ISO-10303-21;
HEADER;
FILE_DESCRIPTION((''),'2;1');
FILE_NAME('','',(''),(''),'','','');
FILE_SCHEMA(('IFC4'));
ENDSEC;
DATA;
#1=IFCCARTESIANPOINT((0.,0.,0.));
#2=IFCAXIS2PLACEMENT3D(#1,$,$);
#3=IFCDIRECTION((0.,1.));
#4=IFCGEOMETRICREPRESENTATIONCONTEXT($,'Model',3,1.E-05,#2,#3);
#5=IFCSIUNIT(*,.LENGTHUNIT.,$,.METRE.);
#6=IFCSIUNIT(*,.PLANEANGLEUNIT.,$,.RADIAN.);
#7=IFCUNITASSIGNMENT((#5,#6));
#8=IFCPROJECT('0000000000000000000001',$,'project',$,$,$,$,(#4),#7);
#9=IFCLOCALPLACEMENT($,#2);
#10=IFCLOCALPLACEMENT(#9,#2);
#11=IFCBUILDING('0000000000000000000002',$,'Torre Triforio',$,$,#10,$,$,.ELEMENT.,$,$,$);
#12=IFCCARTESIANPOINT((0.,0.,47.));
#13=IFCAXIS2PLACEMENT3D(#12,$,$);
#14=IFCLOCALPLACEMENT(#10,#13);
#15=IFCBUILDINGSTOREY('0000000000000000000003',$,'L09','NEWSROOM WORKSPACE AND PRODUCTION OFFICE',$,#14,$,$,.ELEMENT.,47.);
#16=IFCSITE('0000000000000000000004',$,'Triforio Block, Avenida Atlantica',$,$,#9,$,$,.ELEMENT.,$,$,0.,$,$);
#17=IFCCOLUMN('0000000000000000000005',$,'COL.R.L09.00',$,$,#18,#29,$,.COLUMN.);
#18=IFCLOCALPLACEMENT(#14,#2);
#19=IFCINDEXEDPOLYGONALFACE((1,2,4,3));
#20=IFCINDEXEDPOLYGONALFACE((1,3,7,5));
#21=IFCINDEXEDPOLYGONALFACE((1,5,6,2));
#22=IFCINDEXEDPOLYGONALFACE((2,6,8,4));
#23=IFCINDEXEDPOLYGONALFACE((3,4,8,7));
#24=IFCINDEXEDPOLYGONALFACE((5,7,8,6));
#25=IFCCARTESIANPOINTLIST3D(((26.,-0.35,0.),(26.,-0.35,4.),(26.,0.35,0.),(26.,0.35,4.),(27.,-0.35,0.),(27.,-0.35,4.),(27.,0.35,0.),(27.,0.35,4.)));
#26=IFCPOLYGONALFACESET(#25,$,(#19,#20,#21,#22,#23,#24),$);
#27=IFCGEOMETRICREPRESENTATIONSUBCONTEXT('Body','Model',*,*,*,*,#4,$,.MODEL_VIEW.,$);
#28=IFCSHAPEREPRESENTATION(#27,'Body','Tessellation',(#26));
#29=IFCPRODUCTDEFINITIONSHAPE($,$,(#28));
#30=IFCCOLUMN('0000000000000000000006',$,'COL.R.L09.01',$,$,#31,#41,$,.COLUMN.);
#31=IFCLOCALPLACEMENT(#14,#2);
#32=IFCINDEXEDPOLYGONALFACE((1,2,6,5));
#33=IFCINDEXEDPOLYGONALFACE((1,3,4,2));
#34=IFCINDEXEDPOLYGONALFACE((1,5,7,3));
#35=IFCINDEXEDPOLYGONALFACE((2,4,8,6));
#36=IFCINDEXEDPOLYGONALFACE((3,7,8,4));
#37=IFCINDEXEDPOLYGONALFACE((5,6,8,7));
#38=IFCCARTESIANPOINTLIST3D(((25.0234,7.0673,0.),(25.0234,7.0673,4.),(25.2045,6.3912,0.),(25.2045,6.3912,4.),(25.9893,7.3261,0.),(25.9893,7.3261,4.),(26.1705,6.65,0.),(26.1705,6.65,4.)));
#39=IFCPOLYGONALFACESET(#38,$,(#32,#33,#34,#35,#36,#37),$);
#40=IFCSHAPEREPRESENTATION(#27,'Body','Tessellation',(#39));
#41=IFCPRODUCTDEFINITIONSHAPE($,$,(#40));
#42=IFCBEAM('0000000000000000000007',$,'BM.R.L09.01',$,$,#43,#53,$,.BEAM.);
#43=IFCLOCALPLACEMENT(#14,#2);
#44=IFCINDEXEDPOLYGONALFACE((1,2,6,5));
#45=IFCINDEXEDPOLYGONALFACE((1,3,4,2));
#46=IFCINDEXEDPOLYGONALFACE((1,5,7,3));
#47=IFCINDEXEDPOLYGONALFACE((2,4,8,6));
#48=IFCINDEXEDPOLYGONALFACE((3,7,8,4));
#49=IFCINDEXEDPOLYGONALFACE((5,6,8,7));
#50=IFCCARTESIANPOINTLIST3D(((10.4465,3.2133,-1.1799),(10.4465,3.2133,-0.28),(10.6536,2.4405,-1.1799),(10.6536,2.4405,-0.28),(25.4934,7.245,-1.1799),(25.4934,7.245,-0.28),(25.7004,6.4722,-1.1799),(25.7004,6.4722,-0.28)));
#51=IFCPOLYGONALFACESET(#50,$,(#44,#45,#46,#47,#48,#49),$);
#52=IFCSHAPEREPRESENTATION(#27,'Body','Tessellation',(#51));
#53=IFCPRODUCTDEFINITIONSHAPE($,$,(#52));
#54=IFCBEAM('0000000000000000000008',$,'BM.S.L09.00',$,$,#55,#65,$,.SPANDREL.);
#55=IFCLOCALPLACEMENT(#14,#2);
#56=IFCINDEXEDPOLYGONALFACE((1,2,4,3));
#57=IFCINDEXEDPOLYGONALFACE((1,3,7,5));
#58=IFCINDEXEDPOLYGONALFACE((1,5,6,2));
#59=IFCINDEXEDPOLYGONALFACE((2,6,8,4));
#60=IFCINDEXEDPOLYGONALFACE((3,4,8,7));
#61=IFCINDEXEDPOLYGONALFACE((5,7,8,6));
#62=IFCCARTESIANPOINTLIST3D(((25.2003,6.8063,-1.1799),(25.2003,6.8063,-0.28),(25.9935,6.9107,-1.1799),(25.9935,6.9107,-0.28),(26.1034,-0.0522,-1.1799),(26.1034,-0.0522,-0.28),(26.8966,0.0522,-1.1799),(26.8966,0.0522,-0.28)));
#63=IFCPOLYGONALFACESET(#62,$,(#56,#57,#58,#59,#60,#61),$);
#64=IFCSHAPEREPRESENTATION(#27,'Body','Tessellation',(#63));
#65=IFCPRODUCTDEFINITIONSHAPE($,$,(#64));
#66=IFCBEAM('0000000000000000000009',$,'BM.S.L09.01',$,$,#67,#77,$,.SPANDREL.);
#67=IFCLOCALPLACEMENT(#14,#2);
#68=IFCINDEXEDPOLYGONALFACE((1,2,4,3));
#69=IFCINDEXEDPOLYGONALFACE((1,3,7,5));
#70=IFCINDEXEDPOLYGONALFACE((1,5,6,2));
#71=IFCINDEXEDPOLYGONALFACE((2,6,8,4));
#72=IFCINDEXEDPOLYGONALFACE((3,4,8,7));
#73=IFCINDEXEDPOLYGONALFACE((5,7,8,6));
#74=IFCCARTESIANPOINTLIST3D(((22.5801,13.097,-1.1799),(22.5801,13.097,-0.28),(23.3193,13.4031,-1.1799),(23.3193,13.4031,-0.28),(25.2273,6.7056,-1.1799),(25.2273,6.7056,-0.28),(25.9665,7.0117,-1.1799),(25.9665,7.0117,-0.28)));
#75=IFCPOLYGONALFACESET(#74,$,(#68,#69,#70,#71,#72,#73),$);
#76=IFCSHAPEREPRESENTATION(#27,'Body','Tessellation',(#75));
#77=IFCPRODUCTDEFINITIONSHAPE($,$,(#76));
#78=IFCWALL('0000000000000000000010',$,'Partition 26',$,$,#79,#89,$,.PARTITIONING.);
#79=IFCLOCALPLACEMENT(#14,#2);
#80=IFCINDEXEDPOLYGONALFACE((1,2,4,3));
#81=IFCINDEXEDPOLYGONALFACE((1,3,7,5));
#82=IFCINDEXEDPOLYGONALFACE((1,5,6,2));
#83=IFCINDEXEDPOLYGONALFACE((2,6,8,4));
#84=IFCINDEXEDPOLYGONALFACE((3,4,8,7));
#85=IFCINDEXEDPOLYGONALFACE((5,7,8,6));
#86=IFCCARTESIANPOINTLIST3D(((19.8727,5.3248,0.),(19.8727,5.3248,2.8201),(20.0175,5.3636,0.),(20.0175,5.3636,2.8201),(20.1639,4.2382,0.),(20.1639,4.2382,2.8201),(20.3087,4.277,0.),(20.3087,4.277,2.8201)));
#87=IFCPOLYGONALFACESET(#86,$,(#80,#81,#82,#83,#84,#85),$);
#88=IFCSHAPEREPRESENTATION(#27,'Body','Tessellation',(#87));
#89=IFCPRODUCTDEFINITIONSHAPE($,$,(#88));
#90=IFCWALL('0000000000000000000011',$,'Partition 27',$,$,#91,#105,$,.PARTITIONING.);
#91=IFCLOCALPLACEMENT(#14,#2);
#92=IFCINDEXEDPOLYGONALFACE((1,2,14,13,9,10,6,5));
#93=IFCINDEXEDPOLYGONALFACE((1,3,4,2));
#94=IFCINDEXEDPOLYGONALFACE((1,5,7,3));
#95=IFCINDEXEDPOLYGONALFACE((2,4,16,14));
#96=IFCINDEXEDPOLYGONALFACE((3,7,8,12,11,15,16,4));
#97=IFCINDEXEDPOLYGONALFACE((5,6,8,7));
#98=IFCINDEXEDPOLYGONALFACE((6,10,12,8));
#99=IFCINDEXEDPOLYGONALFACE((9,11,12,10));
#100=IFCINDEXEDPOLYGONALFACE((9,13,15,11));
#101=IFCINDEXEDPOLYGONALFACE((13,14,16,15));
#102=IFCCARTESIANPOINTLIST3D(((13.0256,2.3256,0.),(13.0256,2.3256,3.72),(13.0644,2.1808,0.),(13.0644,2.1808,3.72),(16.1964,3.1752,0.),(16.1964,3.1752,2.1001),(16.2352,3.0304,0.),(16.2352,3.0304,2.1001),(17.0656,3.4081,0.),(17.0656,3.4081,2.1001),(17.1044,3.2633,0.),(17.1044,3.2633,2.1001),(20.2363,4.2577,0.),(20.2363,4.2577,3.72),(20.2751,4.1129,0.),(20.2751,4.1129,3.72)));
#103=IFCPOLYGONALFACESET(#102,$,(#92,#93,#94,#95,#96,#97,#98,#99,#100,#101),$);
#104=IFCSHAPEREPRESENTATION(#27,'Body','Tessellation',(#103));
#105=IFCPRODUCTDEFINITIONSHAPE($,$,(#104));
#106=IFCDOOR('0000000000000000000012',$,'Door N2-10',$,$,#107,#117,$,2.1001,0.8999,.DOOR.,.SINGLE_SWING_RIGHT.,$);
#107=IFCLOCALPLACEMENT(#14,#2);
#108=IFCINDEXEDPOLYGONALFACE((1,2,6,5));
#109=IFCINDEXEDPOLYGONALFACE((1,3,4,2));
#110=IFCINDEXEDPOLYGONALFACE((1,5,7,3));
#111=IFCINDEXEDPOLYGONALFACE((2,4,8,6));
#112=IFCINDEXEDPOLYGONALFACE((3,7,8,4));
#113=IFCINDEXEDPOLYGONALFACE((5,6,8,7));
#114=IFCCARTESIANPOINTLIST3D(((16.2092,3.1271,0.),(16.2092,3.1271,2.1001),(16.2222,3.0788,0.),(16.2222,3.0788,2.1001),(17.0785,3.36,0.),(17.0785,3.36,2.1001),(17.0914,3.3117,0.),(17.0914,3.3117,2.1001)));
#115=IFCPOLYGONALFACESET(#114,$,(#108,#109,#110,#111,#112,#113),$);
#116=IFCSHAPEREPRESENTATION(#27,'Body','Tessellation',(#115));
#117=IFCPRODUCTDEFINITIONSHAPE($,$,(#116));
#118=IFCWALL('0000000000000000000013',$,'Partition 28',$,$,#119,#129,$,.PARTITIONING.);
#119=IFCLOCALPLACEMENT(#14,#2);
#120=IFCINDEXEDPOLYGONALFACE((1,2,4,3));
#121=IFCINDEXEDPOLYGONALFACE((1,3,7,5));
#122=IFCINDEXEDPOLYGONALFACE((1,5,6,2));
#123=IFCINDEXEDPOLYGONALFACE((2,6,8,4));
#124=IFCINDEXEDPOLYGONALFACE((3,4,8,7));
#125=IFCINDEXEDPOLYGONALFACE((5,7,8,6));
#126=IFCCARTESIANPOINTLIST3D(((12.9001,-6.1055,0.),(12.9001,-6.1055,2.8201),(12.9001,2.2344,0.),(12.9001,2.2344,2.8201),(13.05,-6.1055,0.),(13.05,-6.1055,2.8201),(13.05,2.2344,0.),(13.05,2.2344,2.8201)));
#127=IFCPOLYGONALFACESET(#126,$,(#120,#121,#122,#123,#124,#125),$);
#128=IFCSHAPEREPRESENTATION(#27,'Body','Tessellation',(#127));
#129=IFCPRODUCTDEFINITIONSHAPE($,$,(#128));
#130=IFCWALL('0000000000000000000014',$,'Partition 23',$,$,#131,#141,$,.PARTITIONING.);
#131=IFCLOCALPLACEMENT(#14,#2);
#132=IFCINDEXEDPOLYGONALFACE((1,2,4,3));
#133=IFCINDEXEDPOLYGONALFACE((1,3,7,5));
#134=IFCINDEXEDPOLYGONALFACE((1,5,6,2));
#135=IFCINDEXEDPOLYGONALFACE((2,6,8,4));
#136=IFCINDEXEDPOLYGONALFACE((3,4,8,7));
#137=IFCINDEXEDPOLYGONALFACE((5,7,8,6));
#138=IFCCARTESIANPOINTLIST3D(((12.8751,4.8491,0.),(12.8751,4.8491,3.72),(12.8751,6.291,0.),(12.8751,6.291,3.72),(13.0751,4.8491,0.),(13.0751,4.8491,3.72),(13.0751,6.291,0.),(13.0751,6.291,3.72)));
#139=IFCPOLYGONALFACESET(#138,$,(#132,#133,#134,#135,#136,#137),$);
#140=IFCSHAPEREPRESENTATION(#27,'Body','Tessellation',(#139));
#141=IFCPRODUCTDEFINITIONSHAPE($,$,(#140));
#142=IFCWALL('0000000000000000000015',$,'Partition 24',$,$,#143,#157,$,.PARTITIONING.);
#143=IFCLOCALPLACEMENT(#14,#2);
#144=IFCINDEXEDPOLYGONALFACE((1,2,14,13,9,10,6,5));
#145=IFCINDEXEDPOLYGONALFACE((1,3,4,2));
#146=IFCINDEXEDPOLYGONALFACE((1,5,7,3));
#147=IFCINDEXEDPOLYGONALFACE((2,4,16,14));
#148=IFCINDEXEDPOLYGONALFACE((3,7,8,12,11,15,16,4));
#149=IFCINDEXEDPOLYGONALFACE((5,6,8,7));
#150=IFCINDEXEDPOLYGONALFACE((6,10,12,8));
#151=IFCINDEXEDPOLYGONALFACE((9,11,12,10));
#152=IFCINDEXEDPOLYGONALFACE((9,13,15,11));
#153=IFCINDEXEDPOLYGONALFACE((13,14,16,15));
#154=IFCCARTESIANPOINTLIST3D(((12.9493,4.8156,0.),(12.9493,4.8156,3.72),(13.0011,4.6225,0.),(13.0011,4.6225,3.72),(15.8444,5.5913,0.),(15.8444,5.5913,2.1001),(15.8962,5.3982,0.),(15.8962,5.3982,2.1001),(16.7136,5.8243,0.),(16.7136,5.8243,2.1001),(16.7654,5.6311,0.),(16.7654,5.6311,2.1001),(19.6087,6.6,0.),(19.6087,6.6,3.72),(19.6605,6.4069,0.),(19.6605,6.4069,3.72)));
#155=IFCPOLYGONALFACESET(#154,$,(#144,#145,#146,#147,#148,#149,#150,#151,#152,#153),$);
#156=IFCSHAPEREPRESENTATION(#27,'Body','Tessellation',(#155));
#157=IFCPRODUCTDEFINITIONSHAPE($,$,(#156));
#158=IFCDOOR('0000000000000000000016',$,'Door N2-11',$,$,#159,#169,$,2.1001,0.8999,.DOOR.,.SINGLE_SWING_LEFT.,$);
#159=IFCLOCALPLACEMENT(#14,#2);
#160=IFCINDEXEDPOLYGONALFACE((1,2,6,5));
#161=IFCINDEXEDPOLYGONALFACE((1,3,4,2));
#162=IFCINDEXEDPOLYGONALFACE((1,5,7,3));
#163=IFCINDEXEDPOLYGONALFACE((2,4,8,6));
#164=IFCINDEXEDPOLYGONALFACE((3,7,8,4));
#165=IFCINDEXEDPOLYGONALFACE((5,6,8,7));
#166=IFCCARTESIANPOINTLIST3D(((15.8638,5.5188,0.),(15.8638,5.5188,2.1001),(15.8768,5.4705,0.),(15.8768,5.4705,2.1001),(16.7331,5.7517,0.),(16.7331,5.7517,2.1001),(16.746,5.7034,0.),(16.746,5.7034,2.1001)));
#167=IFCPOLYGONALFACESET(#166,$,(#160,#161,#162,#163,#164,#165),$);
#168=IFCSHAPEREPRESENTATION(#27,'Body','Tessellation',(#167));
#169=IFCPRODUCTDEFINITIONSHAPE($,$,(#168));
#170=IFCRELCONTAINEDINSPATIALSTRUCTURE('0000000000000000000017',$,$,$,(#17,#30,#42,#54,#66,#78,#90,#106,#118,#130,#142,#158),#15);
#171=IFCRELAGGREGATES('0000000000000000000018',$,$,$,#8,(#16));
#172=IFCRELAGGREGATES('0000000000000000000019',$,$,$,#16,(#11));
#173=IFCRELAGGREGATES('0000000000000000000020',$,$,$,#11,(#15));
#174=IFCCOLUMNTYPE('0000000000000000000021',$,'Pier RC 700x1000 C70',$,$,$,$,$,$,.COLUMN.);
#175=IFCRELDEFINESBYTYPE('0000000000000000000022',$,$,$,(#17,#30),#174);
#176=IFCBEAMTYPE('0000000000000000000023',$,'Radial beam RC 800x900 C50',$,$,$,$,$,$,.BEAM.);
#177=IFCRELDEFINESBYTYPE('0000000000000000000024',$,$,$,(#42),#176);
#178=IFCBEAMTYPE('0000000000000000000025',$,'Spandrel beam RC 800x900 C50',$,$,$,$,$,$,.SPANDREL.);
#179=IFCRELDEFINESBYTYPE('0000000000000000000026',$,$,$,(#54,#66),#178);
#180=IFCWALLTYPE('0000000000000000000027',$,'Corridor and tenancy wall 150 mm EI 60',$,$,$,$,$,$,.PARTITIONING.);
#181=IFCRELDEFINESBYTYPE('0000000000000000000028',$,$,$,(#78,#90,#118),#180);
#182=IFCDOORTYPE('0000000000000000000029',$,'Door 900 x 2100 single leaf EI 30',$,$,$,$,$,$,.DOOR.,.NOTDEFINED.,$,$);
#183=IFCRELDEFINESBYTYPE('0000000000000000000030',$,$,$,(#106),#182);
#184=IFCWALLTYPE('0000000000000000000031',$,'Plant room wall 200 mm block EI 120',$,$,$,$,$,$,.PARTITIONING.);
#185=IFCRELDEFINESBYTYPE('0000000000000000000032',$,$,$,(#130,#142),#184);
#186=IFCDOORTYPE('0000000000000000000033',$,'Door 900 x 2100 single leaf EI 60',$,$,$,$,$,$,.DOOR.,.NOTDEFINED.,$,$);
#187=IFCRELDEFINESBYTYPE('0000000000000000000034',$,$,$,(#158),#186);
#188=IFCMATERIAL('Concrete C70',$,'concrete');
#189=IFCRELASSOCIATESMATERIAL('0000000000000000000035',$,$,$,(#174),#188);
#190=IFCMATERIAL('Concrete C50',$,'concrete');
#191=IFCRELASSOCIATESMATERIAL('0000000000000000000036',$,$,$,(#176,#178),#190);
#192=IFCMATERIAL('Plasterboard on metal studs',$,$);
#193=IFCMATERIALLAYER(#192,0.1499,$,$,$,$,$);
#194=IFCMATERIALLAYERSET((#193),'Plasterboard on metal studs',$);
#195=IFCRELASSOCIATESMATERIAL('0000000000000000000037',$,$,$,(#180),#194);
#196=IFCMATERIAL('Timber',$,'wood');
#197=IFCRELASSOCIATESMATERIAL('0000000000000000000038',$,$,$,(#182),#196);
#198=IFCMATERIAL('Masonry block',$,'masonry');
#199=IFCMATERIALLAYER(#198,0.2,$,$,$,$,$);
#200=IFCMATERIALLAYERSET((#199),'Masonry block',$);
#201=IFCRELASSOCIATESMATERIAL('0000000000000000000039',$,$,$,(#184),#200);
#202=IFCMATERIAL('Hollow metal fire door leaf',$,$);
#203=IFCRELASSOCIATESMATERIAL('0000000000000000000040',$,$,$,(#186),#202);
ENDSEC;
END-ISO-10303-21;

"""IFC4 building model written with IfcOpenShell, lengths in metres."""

from ifc_helpers import new_model, si_unit, direction, frame, frame_2d, origin, origin_2d, place, context, subcontext, project, spatial, rectangle, extrude, material, layer, layer_set, material_profile, profile_set, type_object, element, fill, save


model = new_model("IFC4")

# Units and contexts
model_context = context("Model", 3, precision=1e-05, world=origin(), true_north=direction((0.0, 1.0)))
body_context = subcontext(model_context, "Body", "Model", "MODEL_VIEW")
ifc_project = project(units=[si_unit("LENGTHUNIT", "METRE"), si_unit("PLANEANGLEUNIT", "RADIAN")], contexts=[model_context])

# Site, building, storey
site_placement = place(None, origin())
site = spatial("IfcSite", under=ifc_project, at=site_placement, Name="Triforio Block, Avenida Atlantica", CompositionType="ELEMENT", RefElevation=0.0)
building_placement = place(site_placement, origin())
building = spatial("IfcBuilding", under=site, at=building_placement, Name="Torre Triforio", CompositionType="ELEMENT")
storey_placement = place(building_placement, frame((0.0, 0.0, 47.0)))
storey = spatial("IfcBuildingStorey", under=building, at=storey_placement, Name="L09", Description="NEWSROOM WORKSPACE AND PRODUCTION OFFICE", CompositionType="ELEMENT", Elevation=47.0)

# Columns
ifc_material_1 = material(Name="Concrete C70", Category="concrete")
ifc_material_profile_1 = material_profile(ifc_material_1, rectangle(XDim=0.7, YDim=1.0, at=origin_2d()), Name="RC 700x1000")
ifc_profile_set_1 = profile_set([ifc_material_profile_1], Name="Concrete C70")
column_type = type_object("IfcColumnType", Name="Pier RC 700x1000 C70", PredefinedType="COLUMN", material=ifc_profile_set_1)
for number, where, z_axis, x_axis, name in (
    (1, (26.5, 0.0, 0.0), (0.0, 0.0, 1.0), (0.0, 1.0, 0.0), "COL.R.L09.00"),
    (2, (25.5969, 6.8586, 0.0), (0.0, 0.0, 1.0), (-0.258819, 0.965926, 0.0), "COL.R.L09.01"),
):
    element("IfcColumn", number, at=place(storey_placement, frame(where, z_axis=z_axis, x_axis=x_axis)), inside=storey, type_object=column_type, Name=name, PredefinedType="COLUMN", context=body_context, shape_type="SweptSolid", body=[
        extrude(rectangle(XDim=0.7, YDim=1.0, at=origin_2d()), origin(), (0.0, 0.0, 1.0), 4.0),
    ])

# Beams
ifc_material_2 = material(Name="Concrete C50", Category="concrete")
ifc_material_profile_2 = material_profile(ifc_material_2, rectangle(XDim=0.8, YDim=0.8999, at=origin_2d()), Name="RC 800x900")
ifc_profile_set_2 = profile_set([ifc_material_profile_2], Name="Concrete C50")
beam_type_1 = type_object("IfcBeamType", Name="Radial beam RC 800x900 C50", PredefinedType="BEAM", material=ifc_profile_set_2)
beam_1_placement = place(storey_placement, frame((10.55, 2.8269, -0.73), z_axis=(0.965927, 0.258815, 0.0), x_axis=(-0.258815, 0.965927, 0.0)))
element("IfcBeam", 3, at=beam_1_placement, inside=storey, type_object=beam_type_1, Name="BM.R.L09.01", PredefinedType="BEAM", context=body_context, shape_type="SweptSolid", body=[
    extrude(rectangle(XDim=0.8, YDim=0.8999, at=origin_2d()), origin(), (0.0, 0.0, 1.0), 15.5776),
])
ifc_material_profile_3 = material_profile(ifc_material_2, rectangle(XDim=0.8, YDim=0.8999, at=origin_2d()), Name="RC 800x900")
ifc_profile_set_3 = profile_set([ifc_material_profile_3], Name="Concrete C50")
beam_type_2 = type_object("IfcBeamType", Name="Spandrel beam RC 800x900 C50", PredefinedType="SPANDREL", material=ifc_profile_set_3)
beam_2_placement = place(storey_placement, frame((26.5, 0.0, -0.73), z_axis=(-0.130543, 0.991443, 0.0), x_axis=(-0.991443, -0.130543, 0.0)))
element("IfcBeam", 4, at=beam_2_placement, inside=storey, type_object=beam_type_2, Name="BM.S.L09.00", PredefinedType="SPANDREL", context=body_context, shape_type="SweptSolid", body=[
    extrude(rectangle(XDim=0.8, YDim=0.8999, at=origin_2d()), origin(), (0.0, 0.0, 1.0), 6.9177),
])
beam_3_placement = place(storey_placement, frame((25.5969, 6.8586, -0.73), z_axis=(-0.382662, 0.923888, 0.0), x_axis=(-0.923888, -0.382662, 0.0)))
element("IfcBeam", 5, at=beam_3_placement, inside=storey, type_object=beam_type_2, Name="BM.S.L09.01", PredefinedType="SPANDREL", context=body_context, shape_type="SweptSolid", body=[
    extrude(rectangle(XDim=0.8, YDim=0.8999, at=origin_2d()), origin(), (0.0, 0.0, 1.0), 6.918),
])

# Wall
ifc_material_3 = material(Name="Plasterboard on metal studs")
ifc_layer_1 = layer(ifc_material_3, 0.1499)
ifc_layer_set_1 = layer_set([ifc_layer_1], Name="Plasterboard on metal studs")
wall_type_1 = type_object("IfcWallType", Name="Corridor and tenancy wall 150 mm EI 60", PredefinedType="PARTITIONING", material=ifc_layer_set_1)
wall_1_placement = place(storey_placement, frame((19.9451, 5.3442, 0.0), z_axis=(0.0, 0.0, 1.0), x_axis=(0.258892, -0.965906, 0.0)))
element("IfcWall", 6, at=wall_1_placement, inside=storey, type_object=wall_type_1, Name="Partition 26", PredefinedType="PARTITIONING", context=body_context, shape_type="SweptSolid", body=[
    extrude(rectangle(XDim=1.125, YDim=0.1499, at=frame_2d((0.5625, 0.0))), origin(), (0.0, 0.0, 1.0), 2.8201),
])

# Wall, opening, door
wall_2_placement = place(storey_placement, frame((20.2556, 4.1853, 0.0), z_axis=(0.0, 0.0, 1.0), x_axis=(-0.965925, -0.258823, 0.0)))
wall_2 = element("IfcWall", 7, at=wall_2_placement, inside=storey, type_object=wall_type_1, Name="Partition 27", PredefinedType="PARTITIONING", context=body_context, shape_type="SweptSolid", body=[
    extrude(rectangle(XDim=7.4651, YDim=0.1499, at=frame_2d((3.7324, 0.0))), origin(), (0.0, 0.0, 1.0), 3.72),
])
opening_1_placement = place(wall_2_placement, frame((3.2825, 0.0, 0.0)))
opening_1 = element("IfcOpeningElement", 8, at=opening_1_placement, cuts=wall_2, PredefinedType="OPENING", context=body_context, shape_type="SweptSolid", body=[
    extrude(rectangle(XDim=0.8999, YDim=2.1001, at=frame_2d((0.45, 1.05))), frame((0.0, 0.085, 0.0), z_axis=(0.0, -1.0, 0.0), x_axis=(1.0, 0.0, 0.0)), (0.0, 0.0, 1.0), 0.1699),
])
ifc_material_4 = material(Name="Timber", Category="wood")
door_type_1 = type_object("IfcDoorType", Name="Door 900 x 2100 single leaf EI 30", OperationType="NOTDEFINED", PredefinedType="DOOR", material=ifc_material_4)
door_1_placement = place(opening_1_placement, origin())
door_1 = element("IfcDoor", 9, at=door_1_placement, inside=storey, type_object=door_type_1, Name="Door N2-10", OperationType="SINGLE_SWING_RIGHT", OverallHeight=2.1001, OverallWidth=0.8999, PredefinedType="DOOR", context=body_context, shape_type="SweptSolid", body=[
    extrude(rectangle(XDim=0.8999, YDim=2.1001, at=frame_2d((0.45, 1.05))), frame((0.0, 0.0249, 0.0), z_axis=(0.0, -1.0, 0.0), x_axis=(1.0, 0.0, 0.0)), (0.0, 0.0, 1.0), 0.05),
])
fill(opening_1, door_1)

# Walls
wall_3_placement = place(storey_placement, frame((12.9751, 2.2344, 0.0), z_axis=(0.0, 0.0, 1.0), x_axis=(0.0, -1.0, 0.0)))
element("IfcWall", 10, at=wall_3_placement, inside=storey, type_object=wall_type_1, Name="Partition 28", PredefinedType="PARTITIONING", context=body_context, shape_type="SweptSolid", body=[
    extrude(rectangle(XDim=8.3398, YDim=0.1499, at=frame_2d((4.1699, 0.0))), origin(), (0.0, 0.0, 1.0), 2.8201),
])
ifc_material_5 = material(Name="Masonry block", Category="masonry")
ifc_layer_2 = layer(ifc_material_5, 0.2)
ifc_layer_set_2 = layer_set([ifc_layer_2], Name="Masonry block")
wall_type_2 = type_object("IfcWallType", Name="Plant room wall 200 mm block EI 120", PredefinedType="PARTITIONING", material=ifc_layer_set_2)
wall_4_placement = place(storey_placement, frame((12.9751, 6.291, 0.0), z_axis=(0.0, 0.0, 1.0), x_axis=(0.0, -1.0, 0.0)))
element("IfcWall", 11, at=wall_4_placement, inside=storey, type_object=wall_type_2, Name="Partition 23", PredefinedType="PARTITIONING", context=body_context, shape_type="SweptSolid", body=[
    extrude(rectangle(XDim=1.4419, YDim=0.2, at=frame_2d((0.7209, 0.0))), origin(), (0.0, 0.0, 1.0), 3.72),
])

# Wall, opening, door
wall_5_placement = place(storey_placement, frame((12.9751, 4.719, 0.0), z_axis=(0.0, 0.0, 1.0), x_axis=(0.965924, 0.258824, 0.0)))
wall_5 = element("IfcWall", 12, at=wall_5_placement, inside=storey, type_object=wall_type_2, Name="Partition 24", PredefinedType="PARTITIONING", context=body_context, shape_type="SweptSolid", body=[
    extrude(rectangle(XDim=6.8943, YDim=0.2, at=frame_2d((3.4473, 0.0))), origin(), (0.0, 0.0, 1.0), 3.72),
])
opening_2_placement = place(wall_5_placement, frame((2.9973, 0.0, 0.0)))
opening_2 = element("IfcOpeningElement", 13, at=opening_2_placement, cuts=wall_5, PredefinedType="OPENING", context=body_context, shape_type="SweptSolid", body=[
    extrude(rectangle(XDim=0.8999, YDim=2.1001, at=frame_2d((0.45, 1.05))), frame((0.0, 0.1099, 0.0), z_axis=(0.0, -1.0, 0.0), x_axis=(1.0, 0.0, 0.0)), (0.0, 0.0, 1.0), 0.22),
])
ifc_material_6 = material(Name="Hollow metal fire door leaf")
door_type_2 = type_object("IfcDoorType", Name="Door 900 x 2100 single leaf EI 60", OperationType="NOTDEFINED", PredefinedType="DOOR", material=ifc_material_6)
door_2_placement = place(opening_2_placement, origin())
door_2 = element("IfcDoor", 14, at=door_2_placement, inside=storey, type_object=door_type_2, Name="Door N2-11", OperationType="SINGLE_SWING_LEFT", OverallHeight=2.1001, OverallWidth=0.8999, PredefinedType="DOOR", context=body_context, shape_type="SweptSolid", body=[
    extrude(rectangle(XDim=0.8999, YDim=2.1001, at=frame_2d((0.45, 1.05))), frame((0.0, 0.0249, 0.0), z_axis=(0.0, -1.0, 0.0), x_axis=(1.0, 0.0, 0.0)), (0.0, 0.0, 1.0), 0.05),
])
fill(opening_2, door_2)

save(model, "model.ifc")
